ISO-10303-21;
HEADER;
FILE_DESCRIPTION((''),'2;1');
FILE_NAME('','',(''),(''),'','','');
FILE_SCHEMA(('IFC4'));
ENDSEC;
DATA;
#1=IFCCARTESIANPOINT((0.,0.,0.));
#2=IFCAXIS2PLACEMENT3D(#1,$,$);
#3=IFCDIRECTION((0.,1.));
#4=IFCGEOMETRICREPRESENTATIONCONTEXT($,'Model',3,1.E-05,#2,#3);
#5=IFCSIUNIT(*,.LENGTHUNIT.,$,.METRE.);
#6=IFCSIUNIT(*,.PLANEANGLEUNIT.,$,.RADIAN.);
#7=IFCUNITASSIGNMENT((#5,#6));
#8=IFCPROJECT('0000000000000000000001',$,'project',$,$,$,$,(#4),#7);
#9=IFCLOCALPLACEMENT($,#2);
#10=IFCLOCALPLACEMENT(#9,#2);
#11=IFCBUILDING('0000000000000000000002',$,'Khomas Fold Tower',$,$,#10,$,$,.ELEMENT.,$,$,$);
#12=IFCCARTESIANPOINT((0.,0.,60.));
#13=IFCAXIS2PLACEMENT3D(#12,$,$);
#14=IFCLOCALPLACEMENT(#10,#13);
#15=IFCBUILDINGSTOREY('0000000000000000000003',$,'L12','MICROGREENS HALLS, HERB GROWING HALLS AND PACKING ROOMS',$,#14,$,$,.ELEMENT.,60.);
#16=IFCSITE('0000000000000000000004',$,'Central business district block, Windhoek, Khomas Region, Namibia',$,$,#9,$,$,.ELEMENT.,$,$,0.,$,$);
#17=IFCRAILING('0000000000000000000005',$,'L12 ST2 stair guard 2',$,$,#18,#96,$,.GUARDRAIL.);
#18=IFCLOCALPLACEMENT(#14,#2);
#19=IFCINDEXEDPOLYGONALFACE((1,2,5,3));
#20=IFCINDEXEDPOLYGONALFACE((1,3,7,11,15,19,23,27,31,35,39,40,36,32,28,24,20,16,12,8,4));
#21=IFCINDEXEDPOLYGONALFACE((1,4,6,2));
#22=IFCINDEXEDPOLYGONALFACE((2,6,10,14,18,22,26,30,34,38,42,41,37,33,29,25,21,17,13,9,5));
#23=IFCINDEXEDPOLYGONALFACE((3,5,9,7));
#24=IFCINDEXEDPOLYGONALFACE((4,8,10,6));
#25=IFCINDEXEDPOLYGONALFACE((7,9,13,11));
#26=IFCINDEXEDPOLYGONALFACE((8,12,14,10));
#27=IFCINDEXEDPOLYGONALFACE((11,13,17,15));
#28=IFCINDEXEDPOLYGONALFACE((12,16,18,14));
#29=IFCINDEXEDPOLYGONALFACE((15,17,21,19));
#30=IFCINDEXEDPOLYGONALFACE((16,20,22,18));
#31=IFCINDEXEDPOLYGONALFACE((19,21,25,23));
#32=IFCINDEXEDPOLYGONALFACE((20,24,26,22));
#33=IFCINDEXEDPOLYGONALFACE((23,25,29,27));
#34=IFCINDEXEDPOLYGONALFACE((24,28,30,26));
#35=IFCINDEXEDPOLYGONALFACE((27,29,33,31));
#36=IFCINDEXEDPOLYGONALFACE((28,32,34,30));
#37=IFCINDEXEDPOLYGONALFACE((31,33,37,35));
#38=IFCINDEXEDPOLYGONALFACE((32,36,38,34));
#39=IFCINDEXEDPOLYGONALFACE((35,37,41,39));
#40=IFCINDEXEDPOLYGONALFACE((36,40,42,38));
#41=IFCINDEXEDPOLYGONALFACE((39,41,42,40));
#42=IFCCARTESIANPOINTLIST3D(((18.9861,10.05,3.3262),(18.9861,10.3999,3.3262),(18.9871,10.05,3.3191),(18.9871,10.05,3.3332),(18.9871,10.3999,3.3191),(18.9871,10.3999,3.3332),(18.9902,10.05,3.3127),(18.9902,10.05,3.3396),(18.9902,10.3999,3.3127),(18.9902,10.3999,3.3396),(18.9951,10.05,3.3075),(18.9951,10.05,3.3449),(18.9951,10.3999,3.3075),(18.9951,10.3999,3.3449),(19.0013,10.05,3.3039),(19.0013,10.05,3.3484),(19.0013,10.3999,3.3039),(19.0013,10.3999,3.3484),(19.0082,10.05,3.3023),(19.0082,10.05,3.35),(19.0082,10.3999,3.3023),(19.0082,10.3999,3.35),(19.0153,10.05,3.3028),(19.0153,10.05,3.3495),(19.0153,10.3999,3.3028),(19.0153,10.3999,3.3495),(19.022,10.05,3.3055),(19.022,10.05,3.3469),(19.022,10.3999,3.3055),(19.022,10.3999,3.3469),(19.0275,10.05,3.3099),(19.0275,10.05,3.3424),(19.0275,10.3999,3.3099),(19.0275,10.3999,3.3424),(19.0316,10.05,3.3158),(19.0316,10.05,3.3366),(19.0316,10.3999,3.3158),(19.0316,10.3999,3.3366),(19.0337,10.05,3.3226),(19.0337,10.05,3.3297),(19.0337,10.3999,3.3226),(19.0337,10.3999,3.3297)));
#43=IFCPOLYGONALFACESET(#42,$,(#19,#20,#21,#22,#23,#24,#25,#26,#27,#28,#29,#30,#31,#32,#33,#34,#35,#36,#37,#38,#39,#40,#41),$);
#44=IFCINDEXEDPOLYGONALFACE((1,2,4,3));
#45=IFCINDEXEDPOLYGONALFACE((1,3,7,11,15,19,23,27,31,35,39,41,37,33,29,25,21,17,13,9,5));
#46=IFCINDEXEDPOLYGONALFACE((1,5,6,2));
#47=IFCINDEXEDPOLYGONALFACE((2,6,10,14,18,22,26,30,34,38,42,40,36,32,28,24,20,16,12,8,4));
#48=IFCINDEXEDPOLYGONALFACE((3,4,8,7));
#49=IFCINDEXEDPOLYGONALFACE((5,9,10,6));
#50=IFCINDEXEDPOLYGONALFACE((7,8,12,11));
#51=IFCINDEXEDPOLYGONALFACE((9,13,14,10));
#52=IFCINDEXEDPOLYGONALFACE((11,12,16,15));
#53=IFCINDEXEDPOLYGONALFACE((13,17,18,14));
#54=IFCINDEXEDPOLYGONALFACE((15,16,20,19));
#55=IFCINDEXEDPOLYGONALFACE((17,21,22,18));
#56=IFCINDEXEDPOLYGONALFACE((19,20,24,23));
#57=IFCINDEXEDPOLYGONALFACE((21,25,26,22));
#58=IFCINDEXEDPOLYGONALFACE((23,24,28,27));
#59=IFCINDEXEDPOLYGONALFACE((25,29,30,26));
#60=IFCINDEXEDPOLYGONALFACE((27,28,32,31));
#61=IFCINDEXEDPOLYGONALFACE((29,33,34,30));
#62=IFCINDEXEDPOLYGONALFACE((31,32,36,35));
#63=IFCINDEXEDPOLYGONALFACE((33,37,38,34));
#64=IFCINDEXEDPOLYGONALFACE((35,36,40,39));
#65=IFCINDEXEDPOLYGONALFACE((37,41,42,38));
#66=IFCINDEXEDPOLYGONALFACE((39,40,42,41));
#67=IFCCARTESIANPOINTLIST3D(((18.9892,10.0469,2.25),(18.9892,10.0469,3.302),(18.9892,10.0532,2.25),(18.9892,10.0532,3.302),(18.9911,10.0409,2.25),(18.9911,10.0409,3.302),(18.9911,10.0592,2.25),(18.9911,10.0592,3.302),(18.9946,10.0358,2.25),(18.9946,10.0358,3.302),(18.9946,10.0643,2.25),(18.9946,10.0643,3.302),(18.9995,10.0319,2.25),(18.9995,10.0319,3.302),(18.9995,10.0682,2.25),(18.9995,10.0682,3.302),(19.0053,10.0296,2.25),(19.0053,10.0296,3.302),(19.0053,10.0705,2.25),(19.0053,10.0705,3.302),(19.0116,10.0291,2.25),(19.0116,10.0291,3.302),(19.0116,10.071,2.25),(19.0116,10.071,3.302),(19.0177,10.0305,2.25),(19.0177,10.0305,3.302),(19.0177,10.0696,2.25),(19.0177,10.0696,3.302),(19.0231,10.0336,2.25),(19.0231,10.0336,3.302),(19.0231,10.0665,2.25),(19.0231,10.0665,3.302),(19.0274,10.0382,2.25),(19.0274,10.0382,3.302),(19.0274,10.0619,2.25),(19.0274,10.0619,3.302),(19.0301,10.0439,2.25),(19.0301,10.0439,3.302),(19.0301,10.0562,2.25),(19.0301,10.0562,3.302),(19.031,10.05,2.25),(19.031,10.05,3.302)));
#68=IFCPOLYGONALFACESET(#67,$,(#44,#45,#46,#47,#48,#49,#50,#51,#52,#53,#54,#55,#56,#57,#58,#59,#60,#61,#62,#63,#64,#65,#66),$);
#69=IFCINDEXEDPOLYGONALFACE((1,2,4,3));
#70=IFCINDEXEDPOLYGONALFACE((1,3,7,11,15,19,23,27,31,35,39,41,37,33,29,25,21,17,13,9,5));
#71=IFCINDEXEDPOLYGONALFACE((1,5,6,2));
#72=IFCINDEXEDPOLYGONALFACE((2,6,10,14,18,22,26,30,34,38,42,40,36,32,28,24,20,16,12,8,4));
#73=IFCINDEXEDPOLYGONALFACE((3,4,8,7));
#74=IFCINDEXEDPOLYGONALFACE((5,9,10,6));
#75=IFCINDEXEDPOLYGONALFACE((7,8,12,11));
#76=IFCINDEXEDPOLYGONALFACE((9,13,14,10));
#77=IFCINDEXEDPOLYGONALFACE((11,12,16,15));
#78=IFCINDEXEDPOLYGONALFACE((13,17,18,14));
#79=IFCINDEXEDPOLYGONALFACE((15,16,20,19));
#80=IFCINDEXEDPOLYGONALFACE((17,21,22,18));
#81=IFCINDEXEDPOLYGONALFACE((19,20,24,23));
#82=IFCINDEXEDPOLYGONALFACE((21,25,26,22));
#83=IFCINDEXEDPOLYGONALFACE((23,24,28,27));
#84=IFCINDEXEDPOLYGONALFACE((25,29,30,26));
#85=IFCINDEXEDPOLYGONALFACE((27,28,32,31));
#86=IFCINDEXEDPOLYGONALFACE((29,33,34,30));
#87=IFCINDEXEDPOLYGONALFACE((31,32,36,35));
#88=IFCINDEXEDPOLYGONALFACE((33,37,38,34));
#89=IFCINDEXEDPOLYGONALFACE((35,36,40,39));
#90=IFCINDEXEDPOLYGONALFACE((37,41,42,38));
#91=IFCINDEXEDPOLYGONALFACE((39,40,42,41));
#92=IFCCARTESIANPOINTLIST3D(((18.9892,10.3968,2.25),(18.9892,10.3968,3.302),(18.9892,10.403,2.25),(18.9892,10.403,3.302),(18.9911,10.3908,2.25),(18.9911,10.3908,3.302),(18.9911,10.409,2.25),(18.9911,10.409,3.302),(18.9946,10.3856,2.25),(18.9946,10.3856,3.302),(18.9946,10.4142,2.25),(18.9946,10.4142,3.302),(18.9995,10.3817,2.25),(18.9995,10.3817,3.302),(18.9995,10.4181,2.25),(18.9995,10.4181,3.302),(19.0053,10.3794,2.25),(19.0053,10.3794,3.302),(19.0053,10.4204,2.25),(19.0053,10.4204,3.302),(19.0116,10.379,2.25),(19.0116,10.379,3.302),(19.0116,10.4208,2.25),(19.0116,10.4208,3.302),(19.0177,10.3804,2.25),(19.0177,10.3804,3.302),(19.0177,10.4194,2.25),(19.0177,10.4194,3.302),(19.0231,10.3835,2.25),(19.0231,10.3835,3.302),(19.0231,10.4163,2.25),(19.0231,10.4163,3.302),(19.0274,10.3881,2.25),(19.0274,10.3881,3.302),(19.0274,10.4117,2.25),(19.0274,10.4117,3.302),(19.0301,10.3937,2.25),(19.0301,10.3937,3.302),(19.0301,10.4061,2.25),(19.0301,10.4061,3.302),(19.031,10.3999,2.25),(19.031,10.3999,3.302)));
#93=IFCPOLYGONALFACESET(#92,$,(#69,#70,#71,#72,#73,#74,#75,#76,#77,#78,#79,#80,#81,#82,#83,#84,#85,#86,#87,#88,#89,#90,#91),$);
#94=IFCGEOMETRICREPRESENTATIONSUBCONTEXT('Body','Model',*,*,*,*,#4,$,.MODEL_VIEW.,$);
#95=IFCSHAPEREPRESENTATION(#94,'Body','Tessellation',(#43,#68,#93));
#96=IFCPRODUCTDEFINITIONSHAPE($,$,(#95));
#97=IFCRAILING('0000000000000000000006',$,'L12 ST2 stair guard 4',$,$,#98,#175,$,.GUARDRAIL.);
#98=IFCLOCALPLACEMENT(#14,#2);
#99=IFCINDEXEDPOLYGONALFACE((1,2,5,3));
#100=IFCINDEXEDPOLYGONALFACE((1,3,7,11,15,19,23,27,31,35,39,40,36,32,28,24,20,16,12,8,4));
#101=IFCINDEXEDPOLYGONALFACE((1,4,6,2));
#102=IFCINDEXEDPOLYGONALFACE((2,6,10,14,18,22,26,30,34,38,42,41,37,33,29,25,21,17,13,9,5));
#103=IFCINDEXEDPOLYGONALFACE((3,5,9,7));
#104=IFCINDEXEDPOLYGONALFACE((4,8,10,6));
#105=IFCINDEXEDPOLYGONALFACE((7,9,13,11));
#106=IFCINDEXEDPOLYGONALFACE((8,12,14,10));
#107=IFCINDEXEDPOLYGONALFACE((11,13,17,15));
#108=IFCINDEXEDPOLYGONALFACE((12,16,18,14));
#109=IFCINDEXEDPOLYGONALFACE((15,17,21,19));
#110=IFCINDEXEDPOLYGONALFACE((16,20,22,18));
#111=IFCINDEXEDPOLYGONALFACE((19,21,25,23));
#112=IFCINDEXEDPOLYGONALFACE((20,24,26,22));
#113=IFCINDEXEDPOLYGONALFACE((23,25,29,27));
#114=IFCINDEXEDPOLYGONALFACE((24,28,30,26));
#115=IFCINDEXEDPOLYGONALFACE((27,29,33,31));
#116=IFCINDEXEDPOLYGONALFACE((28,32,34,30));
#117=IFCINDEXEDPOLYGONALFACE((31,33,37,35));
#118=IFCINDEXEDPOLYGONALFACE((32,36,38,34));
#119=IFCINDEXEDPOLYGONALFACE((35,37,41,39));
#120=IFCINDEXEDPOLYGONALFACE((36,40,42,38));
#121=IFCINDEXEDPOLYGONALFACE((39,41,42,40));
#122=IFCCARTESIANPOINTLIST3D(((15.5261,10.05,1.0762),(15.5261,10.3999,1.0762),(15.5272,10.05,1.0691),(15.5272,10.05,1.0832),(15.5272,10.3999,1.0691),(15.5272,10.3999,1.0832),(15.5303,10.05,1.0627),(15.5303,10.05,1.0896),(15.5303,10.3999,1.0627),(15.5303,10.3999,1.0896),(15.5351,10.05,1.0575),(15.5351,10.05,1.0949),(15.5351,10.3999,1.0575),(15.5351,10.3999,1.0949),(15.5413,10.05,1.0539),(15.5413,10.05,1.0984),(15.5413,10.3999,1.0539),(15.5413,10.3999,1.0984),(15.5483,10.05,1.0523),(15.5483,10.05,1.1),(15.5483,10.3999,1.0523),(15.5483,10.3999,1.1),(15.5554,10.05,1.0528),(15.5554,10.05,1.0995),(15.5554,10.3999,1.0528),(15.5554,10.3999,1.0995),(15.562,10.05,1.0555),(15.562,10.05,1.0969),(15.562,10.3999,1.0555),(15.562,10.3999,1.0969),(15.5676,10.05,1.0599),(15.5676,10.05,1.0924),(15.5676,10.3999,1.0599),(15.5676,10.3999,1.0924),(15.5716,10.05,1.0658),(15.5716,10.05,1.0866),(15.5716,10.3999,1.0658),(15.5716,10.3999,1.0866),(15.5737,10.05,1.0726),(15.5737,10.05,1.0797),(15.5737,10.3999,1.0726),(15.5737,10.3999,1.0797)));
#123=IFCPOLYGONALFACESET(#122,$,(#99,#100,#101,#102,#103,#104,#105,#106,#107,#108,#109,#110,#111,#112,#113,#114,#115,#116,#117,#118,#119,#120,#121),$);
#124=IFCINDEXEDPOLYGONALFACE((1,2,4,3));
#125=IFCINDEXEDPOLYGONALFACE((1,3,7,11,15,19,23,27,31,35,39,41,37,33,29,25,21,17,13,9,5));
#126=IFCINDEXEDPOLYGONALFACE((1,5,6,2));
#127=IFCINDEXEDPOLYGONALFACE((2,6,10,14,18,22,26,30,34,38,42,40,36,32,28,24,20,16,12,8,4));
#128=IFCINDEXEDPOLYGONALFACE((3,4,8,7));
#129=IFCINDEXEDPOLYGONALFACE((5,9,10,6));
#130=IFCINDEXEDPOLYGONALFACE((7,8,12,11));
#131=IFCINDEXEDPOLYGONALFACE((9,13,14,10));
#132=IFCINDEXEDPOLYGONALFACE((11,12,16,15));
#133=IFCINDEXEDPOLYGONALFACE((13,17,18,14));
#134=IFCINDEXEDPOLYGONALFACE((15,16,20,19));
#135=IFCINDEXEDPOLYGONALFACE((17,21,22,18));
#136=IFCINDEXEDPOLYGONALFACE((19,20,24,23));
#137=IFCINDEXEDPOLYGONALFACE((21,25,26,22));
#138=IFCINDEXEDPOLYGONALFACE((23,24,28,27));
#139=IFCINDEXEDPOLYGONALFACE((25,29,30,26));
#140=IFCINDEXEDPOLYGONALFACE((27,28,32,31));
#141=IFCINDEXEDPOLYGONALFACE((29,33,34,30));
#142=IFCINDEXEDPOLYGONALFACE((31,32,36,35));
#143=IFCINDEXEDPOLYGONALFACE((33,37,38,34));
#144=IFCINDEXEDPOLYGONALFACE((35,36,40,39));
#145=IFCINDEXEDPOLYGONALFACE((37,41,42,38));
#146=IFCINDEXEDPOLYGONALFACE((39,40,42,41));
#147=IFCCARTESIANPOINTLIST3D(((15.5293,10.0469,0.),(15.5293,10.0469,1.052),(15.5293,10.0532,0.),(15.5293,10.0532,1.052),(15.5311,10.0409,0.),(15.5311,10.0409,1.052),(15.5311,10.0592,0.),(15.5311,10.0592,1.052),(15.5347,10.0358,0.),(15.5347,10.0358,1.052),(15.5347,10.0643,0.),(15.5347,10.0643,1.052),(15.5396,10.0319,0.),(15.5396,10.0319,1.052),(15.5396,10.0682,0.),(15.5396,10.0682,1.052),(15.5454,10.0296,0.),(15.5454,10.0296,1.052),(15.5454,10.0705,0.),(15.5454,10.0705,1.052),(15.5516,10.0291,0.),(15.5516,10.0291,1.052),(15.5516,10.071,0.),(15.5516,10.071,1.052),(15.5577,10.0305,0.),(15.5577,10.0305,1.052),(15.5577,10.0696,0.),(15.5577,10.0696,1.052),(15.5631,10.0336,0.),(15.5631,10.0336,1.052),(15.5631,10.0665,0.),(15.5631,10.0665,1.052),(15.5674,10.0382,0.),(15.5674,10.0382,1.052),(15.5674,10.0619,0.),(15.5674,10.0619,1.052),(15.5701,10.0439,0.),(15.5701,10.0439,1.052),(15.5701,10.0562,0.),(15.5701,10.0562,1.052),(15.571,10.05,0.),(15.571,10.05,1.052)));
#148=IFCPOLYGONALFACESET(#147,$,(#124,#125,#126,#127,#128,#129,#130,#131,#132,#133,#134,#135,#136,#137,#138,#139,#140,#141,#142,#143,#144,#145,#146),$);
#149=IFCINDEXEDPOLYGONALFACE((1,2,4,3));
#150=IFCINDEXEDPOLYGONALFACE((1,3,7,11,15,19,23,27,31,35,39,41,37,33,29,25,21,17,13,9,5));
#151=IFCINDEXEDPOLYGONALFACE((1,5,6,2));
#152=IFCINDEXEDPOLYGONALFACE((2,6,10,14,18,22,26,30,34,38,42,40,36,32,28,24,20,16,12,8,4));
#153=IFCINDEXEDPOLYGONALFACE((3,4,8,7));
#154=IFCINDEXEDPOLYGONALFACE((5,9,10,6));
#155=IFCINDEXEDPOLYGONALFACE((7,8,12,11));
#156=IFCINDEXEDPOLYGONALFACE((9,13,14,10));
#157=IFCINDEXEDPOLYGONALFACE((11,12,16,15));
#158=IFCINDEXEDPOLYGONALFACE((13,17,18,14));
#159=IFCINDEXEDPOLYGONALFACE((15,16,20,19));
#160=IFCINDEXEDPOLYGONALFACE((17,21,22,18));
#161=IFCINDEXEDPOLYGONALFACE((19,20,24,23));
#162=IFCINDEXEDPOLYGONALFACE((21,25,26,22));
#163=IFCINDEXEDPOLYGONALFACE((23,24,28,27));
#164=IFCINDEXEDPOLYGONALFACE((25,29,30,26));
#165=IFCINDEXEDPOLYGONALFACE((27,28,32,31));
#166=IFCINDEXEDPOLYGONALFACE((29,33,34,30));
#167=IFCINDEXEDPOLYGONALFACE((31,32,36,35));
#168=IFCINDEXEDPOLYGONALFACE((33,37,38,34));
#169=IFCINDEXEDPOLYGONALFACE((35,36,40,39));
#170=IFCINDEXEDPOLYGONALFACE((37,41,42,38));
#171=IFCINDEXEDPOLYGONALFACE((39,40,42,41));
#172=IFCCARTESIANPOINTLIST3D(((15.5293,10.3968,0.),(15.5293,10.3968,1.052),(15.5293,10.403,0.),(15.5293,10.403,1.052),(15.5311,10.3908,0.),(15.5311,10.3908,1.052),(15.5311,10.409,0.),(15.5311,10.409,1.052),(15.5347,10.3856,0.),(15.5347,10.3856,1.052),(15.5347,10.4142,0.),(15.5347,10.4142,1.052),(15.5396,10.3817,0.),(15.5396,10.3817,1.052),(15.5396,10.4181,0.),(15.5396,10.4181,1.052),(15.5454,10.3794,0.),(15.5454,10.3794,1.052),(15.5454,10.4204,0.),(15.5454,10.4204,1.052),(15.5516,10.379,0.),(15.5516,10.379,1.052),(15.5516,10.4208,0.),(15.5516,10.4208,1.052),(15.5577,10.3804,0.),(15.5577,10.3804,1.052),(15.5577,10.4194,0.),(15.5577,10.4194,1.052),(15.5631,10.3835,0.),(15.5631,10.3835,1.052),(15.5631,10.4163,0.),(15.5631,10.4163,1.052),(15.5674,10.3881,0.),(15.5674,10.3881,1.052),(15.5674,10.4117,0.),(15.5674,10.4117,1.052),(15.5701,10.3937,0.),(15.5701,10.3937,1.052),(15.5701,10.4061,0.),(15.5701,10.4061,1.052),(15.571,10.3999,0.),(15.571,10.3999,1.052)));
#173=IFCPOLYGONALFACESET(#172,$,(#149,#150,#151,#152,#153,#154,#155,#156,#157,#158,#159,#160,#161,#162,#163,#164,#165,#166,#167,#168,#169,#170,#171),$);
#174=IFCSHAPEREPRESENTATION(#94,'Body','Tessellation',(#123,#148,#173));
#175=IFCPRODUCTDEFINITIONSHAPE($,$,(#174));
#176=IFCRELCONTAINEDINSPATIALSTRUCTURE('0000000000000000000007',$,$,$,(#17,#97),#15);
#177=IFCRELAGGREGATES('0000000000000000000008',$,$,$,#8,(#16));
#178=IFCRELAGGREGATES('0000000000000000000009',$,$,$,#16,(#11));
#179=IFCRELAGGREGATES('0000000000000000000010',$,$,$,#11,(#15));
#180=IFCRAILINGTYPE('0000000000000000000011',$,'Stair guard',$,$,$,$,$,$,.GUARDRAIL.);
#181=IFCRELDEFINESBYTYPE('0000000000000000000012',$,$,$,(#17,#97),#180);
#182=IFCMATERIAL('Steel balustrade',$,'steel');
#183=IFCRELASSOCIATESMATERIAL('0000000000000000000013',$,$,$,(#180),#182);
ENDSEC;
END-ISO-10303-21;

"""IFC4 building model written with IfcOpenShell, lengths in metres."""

from ifc_helpers import new_model, si_unit, direction, frame, origin, origin_2d, place, context, subcontext, project, spatial, circle, extrude, source, transform, mapped, material, type_object, element, save


model = new_model("IFC4")

# Units and contexts
model_context = context("Model", 3, precision=1e-05, world=origin(), true_north=direction((0.0, 1.0)))
body_context = subcontext(model_context, "Body", "Model", "MODEL_VIEW")
ifc_project = project(units=[si_unit("LENGTHUNIT", "METRE"), si_unit("PLANEANGLEUNIT", "RADIAN")], contexts=[model_context])

# Site, building, storey
site_placement = place(None, origin())
site = spatial("IfcSite", under=ifc_project, at=site_placement, Name="Central business district block, Windhoek, Khomas Region, Namibia", CompositionType="ELEMENT", RefElevation=0.0)
building_placement = place(site_placement, origin())
building = spatial("IfcBuilding", under=site, at=building_placement, Name="Khomas Fold Tower", CompositionType="ELEMENT")
storey_placement = place(building_placement, frame((0.0, 0.0, 60.0)))
storey = spatial("IfcBuildingStorey", under=building, at=storey_placement, Name="L12", Description="MICROGREENS HALLS, HERB GROWING HALLS AND PACKING ROOMS", CompositionType="ELEMENT", Elevation=60.0)

# Railings
ifc_material_1 = material(Name="Steel balustrade", Category="steel")
railing_type_1 = type_object("IfcRailingType", Name="Stair guard", PredefinedType="GUARDRAIL", material=ifc_material_1)
shared_shape_1 = source(origin(), body_context, "Body", "SweptSolid", [
    extrude(circle(Radius=0.0239, at=origin_2d()), frame((0.0, 0.0, 1.0762), z_axis=(0.0, 1.0, 0.0), x_axis=(-1.0, 0.0, 0.0)), (0.0, 0.0, 1.0), 0.3499),
    extrude(circle(Radius=0.021, at=origin_2d()), origin(), (0.0, 0.0, 1.0), 1.052),
    extrude(circle(Radius=0.021, at=origin_2d()), frame((0.0, 0.3499, 0.0)), (0.0, 0.0, 1.0), 1.052),
])
for number, where, name in (
    (1, (19.01, 10.05, 2.25), "L12 ST2 stair guard 2"),
    (2, (15.55, 10.05, 0.0), "L12 ST2 stair guard 4"),
):
    element("IfcRailing", number, at=place(storey_placement, frame(where)), inside=storey, type_object=railing_type_1, Name=name, PredefinedType="GUARDRAIL", context=body_context, shape_type="MappedRepresentation", body=[
        mapped(shared_shape_1, transform((0.0, 0.0, 0.0))),
    ])

save(model, "model.ifc")
